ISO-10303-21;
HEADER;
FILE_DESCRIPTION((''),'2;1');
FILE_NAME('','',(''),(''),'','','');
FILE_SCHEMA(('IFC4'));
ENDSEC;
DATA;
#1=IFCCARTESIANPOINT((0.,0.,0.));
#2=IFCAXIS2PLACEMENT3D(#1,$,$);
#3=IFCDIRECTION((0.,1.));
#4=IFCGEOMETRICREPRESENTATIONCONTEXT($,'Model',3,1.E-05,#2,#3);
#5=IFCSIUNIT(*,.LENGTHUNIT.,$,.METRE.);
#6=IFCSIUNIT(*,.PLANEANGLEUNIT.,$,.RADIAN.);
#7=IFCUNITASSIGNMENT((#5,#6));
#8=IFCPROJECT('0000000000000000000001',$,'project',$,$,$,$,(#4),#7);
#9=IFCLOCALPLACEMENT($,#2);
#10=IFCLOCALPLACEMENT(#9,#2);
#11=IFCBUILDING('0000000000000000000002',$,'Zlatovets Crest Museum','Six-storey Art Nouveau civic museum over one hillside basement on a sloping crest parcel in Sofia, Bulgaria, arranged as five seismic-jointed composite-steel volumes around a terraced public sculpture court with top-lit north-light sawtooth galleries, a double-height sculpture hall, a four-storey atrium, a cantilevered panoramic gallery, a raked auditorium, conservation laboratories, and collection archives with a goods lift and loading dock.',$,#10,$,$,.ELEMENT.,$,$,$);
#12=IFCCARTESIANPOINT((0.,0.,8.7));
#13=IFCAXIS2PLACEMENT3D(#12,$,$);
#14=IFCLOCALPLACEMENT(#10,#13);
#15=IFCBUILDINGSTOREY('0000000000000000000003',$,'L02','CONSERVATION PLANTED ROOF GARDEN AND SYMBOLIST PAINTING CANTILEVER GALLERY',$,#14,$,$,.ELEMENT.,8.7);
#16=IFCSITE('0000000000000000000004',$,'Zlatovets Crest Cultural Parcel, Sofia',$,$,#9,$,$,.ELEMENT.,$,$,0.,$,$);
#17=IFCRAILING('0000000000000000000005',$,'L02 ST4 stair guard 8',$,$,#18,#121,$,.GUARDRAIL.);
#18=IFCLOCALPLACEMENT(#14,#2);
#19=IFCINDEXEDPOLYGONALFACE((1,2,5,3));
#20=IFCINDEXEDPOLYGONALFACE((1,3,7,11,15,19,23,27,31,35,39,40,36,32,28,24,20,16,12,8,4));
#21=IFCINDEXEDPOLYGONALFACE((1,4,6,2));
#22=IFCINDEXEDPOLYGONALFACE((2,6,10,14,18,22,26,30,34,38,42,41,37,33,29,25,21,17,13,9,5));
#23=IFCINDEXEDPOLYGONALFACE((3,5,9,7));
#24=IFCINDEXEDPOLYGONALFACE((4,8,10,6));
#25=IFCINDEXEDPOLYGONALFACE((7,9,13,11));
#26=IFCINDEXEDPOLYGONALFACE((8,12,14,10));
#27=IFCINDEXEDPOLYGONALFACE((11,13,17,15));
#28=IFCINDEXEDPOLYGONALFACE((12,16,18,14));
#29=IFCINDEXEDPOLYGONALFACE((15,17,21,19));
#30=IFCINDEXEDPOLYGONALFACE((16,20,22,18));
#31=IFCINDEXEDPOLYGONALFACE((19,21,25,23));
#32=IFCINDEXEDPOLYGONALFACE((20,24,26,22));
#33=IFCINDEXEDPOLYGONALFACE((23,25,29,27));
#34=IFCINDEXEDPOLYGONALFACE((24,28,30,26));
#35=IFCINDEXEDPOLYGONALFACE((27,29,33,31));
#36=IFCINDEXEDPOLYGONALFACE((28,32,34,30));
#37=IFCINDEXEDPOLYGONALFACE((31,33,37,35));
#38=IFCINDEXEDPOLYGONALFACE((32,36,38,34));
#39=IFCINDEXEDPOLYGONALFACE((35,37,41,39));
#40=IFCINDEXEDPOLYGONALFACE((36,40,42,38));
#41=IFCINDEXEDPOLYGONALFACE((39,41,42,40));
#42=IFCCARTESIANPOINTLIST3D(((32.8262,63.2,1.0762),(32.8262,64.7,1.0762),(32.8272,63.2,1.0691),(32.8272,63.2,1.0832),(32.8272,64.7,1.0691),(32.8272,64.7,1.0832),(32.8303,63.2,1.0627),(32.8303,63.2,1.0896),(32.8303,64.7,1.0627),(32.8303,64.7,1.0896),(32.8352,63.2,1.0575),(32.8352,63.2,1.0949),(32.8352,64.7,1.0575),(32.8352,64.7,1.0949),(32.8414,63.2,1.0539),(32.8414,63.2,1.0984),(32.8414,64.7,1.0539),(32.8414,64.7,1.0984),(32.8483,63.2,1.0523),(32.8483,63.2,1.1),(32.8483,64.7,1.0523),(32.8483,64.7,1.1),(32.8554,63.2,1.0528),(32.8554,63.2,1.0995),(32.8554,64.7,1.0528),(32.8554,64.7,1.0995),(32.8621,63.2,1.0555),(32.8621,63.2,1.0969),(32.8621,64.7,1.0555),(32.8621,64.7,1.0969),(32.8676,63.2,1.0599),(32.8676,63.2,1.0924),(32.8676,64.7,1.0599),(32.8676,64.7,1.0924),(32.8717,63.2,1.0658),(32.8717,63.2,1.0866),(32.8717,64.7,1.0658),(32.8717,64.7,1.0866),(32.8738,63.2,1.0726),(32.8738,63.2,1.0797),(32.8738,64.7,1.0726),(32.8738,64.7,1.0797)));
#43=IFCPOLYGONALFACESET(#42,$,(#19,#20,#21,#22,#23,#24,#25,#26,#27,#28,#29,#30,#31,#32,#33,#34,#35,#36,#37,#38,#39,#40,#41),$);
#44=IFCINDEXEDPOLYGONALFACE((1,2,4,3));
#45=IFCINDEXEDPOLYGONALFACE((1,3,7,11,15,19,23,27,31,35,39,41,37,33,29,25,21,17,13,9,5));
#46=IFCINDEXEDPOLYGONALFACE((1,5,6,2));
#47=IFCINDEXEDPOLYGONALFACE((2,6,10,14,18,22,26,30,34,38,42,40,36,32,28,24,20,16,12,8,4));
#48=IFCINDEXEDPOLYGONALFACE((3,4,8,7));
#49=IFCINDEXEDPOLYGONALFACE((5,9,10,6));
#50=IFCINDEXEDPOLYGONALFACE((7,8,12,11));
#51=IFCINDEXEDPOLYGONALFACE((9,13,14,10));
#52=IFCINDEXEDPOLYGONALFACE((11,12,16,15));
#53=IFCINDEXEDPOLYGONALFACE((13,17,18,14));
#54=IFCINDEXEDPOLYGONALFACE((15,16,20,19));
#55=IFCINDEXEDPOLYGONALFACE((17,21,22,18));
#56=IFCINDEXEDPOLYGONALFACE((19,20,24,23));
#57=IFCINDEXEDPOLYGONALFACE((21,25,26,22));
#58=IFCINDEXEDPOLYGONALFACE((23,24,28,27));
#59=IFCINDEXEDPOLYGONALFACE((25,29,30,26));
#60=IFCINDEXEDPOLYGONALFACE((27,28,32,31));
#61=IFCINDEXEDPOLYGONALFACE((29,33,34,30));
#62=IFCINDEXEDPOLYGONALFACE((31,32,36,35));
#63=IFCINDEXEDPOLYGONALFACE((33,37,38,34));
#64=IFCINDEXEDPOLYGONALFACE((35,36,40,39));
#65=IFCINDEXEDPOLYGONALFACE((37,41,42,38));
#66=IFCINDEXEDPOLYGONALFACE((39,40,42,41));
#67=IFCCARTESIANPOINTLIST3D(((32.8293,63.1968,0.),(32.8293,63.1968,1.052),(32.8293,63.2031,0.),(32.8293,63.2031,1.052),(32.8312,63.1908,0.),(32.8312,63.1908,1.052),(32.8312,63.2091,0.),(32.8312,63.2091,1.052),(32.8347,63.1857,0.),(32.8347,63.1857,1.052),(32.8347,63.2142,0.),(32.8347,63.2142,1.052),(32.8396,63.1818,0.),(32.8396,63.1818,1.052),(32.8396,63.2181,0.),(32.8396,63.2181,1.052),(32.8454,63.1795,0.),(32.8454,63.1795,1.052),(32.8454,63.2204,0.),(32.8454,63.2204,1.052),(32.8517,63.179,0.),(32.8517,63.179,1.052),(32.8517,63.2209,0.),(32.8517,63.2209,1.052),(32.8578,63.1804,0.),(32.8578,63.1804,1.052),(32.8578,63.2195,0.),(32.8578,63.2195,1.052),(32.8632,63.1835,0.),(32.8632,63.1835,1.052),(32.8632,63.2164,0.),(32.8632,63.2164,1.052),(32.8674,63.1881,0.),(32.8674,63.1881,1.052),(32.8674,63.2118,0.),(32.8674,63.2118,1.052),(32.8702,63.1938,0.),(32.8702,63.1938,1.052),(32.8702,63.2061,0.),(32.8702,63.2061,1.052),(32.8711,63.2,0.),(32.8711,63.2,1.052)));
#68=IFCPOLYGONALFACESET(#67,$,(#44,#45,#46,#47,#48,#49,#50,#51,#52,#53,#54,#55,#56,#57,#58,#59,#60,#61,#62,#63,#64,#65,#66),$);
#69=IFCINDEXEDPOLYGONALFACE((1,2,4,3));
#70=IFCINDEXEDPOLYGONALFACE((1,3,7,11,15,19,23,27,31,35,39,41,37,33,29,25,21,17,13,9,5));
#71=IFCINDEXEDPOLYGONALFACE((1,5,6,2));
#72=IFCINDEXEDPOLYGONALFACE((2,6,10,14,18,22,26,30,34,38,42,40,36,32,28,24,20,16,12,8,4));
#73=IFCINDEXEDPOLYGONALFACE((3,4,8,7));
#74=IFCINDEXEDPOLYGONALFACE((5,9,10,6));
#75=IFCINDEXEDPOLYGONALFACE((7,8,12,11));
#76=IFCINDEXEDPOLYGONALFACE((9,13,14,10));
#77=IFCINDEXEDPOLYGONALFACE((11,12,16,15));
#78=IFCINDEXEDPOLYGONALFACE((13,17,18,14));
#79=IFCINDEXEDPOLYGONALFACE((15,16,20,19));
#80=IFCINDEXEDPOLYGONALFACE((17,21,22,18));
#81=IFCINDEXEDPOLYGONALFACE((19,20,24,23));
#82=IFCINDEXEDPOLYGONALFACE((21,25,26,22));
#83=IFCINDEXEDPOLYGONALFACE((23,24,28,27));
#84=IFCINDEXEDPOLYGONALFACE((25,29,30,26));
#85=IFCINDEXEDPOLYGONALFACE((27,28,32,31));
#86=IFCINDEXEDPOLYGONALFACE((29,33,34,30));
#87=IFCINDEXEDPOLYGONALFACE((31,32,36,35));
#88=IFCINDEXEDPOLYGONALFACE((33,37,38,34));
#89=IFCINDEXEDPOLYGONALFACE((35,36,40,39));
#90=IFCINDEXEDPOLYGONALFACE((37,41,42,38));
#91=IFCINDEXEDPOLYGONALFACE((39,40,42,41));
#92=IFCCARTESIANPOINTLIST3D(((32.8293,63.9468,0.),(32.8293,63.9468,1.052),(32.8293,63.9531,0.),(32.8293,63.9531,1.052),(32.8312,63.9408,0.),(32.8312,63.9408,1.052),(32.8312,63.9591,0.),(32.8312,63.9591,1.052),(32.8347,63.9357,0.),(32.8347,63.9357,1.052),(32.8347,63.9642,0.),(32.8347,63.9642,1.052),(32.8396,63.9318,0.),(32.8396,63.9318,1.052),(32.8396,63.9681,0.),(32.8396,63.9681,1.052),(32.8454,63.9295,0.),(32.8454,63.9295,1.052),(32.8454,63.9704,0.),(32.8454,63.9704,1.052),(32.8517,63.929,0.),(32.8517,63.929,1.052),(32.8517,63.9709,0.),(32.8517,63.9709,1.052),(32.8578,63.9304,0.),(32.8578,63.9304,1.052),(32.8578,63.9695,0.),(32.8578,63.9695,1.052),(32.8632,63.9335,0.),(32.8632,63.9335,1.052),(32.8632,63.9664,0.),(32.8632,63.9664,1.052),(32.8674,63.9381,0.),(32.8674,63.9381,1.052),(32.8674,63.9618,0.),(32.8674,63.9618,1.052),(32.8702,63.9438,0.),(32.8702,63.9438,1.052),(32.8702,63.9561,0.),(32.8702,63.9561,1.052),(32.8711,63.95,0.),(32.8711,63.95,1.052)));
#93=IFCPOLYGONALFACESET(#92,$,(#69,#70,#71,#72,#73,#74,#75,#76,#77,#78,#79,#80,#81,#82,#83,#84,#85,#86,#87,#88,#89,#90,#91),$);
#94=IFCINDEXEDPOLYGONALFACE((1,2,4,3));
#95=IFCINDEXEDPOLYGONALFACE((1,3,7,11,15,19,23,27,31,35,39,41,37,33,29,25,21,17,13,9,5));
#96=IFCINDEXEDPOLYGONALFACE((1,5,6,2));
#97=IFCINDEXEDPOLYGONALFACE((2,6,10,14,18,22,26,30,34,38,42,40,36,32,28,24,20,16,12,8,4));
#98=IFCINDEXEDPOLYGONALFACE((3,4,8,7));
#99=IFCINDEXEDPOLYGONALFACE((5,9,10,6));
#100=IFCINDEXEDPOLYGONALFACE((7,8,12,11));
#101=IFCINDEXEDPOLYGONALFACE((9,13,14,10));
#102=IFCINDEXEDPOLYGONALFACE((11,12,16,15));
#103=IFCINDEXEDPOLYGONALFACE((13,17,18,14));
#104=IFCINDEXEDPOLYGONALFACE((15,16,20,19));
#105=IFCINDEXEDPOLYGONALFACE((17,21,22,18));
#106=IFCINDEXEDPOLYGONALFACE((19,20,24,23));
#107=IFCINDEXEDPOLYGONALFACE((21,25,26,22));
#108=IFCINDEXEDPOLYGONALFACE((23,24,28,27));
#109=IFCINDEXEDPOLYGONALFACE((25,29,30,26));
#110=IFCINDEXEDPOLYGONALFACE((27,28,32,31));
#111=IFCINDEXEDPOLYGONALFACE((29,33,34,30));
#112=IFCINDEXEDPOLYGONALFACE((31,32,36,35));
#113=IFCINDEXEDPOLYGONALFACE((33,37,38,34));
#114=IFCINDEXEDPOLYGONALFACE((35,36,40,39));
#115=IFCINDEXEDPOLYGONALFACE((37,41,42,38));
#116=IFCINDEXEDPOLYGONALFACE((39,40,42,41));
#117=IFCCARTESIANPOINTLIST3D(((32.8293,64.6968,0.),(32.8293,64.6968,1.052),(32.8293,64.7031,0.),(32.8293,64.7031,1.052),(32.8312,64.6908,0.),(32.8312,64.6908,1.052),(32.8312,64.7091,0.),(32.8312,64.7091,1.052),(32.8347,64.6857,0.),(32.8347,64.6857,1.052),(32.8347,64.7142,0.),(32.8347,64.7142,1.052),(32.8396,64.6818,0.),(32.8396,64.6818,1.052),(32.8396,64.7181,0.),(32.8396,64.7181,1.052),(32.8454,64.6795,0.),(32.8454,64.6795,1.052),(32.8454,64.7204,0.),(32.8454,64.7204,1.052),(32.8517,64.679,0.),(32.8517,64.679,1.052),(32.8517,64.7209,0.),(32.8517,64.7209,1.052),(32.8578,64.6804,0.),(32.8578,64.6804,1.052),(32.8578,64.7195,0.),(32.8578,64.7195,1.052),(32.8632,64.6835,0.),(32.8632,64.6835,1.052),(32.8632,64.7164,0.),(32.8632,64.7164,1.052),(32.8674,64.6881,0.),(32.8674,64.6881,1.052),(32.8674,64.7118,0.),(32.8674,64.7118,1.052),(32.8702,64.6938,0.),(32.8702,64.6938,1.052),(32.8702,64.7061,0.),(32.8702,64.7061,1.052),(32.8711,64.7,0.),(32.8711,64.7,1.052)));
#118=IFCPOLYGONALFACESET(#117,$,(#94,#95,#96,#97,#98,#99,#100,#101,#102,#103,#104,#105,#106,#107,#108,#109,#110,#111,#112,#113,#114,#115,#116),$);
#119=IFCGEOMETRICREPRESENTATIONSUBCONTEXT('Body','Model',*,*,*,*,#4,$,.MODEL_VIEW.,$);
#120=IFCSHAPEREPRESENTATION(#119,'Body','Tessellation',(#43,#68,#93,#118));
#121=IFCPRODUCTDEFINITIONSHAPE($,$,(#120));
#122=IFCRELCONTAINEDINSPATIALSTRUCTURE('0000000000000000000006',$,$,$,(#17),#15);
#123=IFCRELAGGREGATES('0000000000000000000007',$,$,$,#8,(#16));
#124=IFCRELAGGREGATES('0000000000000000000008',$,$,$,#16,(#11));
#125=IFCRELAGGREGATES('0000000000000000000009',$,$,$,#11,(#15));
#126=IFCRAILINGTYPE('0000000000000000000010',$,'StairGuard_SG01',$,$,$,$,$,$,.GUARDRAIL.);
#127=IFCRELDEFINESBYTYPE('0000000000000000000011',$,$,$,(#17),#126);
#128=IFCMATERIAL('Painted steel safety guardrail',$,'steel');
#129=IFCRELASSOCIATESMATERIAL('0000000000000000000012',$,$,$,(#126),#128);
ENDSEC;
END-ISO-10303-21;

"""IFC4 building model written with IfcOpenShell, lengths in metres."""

from ifc_helpers import new_model, si_unit, direction, frame, origin, origin_2d, place, context, subcontext, project, spatial, circle, extrude, material, type_object, element, save


model = new_model("IFC4")

# Units and contexts
model_context = context("Model", 3, precision=1e-05, world=origin(), true_north=direction((0.0, 1.0)))
body_context = subcontext(model_context, "Body", "Model", "MODEL_VIEW")
ifc_project = project(units=[si_unit("LENGTHUNIT", "METRE"), si_unit("PLANEANGLEUNIT", "RADIAN")], contexts=[model_context])

# Site, building, storey
site_placement = place(None, origin())
site = spatial("IfcSite", under=ifc_project, at=site_placement, Name="Zlatovets Crest Cultural Parcel, Sofia", CompositionType="ELEMENT", RefElevation=0.0)
building_placement = place(site_placement, origin())
building = spatial("IfcBuilding", under=site, at=building_placement, Name="Zlatovets Crest Museum", Description="Six-storey Art Nouveau civic museum over one hillside basement on a sloping crest parcel in Sofia, Bulgaria, arranged as five seismic-jointed composite-steel volumes around a terraced public sculpture court with top-lit north-light sawtooth galleries, a double-height sculpture hall, a four-storey atrium, a cantilevered panoramic gallery, a raked auditorium, conservation laboratories, and collection archives with a goods lift and loading dock.", CompositionType="ELEMENT")
storey_placement = place(building_placement, frame((0.0, 0.0, 8.7)))
storey = spatial("IfcBuildingStorey", under=building, at=storey_placement, Name="L02", Description="CONSERVATION PLANTED ROOF GARDEN AND SYMBOLIST PAINTING CANTILEVER GALLERY", CompositionType="ELEMENT", Elevation=8.7)

# Railing
ifc_material_1 = material(Name="Painted steel safety guardrail", Category="steel")
railing_type = type_object("IfcRailingType", Name="StairGuard_SG01", PredefinedType="GUARDRAIL", material=ifc_material_1)
railing_1_placement = place(storey_placement, frame((32.8501, 63.2, 0.0)))
element("IfcRailing", 1, at=railing_1_placement, inside=storey, type_object=railing_type, Name="L02 ST4 stair guard 8", PredefinedType="GUARDRAIL", context=body_context, shape_type="SweptSolid", body=[
    extrude(circle(Radius=0.0239, at=origin_2d()), frame((0.0, 0.0, 1.0762), z_axis=(0.0, 1.0, 0.0), x_axis=(-1.0, 0.0, 0.0)), (0.0, 0.0, 1.0), 1.5),
    extrude(circle(Radius=0.021, at=origin_2d()), origin(), (0.0, 0.0, 1.0), 1.052),
    extrude(circle(Radius=0.021, at=origin_2d()), frame((0.0, 0.75, 0.0)), (0.0, 0.0, 1.0), 1.052),
    extrude(circle(Radius=0.021, at=origin_2d()), frame((0.0, 1.5, 0.0)), (0.0, 0.0, 1.0), 1.052),
])

save(model, "model.ifc")
